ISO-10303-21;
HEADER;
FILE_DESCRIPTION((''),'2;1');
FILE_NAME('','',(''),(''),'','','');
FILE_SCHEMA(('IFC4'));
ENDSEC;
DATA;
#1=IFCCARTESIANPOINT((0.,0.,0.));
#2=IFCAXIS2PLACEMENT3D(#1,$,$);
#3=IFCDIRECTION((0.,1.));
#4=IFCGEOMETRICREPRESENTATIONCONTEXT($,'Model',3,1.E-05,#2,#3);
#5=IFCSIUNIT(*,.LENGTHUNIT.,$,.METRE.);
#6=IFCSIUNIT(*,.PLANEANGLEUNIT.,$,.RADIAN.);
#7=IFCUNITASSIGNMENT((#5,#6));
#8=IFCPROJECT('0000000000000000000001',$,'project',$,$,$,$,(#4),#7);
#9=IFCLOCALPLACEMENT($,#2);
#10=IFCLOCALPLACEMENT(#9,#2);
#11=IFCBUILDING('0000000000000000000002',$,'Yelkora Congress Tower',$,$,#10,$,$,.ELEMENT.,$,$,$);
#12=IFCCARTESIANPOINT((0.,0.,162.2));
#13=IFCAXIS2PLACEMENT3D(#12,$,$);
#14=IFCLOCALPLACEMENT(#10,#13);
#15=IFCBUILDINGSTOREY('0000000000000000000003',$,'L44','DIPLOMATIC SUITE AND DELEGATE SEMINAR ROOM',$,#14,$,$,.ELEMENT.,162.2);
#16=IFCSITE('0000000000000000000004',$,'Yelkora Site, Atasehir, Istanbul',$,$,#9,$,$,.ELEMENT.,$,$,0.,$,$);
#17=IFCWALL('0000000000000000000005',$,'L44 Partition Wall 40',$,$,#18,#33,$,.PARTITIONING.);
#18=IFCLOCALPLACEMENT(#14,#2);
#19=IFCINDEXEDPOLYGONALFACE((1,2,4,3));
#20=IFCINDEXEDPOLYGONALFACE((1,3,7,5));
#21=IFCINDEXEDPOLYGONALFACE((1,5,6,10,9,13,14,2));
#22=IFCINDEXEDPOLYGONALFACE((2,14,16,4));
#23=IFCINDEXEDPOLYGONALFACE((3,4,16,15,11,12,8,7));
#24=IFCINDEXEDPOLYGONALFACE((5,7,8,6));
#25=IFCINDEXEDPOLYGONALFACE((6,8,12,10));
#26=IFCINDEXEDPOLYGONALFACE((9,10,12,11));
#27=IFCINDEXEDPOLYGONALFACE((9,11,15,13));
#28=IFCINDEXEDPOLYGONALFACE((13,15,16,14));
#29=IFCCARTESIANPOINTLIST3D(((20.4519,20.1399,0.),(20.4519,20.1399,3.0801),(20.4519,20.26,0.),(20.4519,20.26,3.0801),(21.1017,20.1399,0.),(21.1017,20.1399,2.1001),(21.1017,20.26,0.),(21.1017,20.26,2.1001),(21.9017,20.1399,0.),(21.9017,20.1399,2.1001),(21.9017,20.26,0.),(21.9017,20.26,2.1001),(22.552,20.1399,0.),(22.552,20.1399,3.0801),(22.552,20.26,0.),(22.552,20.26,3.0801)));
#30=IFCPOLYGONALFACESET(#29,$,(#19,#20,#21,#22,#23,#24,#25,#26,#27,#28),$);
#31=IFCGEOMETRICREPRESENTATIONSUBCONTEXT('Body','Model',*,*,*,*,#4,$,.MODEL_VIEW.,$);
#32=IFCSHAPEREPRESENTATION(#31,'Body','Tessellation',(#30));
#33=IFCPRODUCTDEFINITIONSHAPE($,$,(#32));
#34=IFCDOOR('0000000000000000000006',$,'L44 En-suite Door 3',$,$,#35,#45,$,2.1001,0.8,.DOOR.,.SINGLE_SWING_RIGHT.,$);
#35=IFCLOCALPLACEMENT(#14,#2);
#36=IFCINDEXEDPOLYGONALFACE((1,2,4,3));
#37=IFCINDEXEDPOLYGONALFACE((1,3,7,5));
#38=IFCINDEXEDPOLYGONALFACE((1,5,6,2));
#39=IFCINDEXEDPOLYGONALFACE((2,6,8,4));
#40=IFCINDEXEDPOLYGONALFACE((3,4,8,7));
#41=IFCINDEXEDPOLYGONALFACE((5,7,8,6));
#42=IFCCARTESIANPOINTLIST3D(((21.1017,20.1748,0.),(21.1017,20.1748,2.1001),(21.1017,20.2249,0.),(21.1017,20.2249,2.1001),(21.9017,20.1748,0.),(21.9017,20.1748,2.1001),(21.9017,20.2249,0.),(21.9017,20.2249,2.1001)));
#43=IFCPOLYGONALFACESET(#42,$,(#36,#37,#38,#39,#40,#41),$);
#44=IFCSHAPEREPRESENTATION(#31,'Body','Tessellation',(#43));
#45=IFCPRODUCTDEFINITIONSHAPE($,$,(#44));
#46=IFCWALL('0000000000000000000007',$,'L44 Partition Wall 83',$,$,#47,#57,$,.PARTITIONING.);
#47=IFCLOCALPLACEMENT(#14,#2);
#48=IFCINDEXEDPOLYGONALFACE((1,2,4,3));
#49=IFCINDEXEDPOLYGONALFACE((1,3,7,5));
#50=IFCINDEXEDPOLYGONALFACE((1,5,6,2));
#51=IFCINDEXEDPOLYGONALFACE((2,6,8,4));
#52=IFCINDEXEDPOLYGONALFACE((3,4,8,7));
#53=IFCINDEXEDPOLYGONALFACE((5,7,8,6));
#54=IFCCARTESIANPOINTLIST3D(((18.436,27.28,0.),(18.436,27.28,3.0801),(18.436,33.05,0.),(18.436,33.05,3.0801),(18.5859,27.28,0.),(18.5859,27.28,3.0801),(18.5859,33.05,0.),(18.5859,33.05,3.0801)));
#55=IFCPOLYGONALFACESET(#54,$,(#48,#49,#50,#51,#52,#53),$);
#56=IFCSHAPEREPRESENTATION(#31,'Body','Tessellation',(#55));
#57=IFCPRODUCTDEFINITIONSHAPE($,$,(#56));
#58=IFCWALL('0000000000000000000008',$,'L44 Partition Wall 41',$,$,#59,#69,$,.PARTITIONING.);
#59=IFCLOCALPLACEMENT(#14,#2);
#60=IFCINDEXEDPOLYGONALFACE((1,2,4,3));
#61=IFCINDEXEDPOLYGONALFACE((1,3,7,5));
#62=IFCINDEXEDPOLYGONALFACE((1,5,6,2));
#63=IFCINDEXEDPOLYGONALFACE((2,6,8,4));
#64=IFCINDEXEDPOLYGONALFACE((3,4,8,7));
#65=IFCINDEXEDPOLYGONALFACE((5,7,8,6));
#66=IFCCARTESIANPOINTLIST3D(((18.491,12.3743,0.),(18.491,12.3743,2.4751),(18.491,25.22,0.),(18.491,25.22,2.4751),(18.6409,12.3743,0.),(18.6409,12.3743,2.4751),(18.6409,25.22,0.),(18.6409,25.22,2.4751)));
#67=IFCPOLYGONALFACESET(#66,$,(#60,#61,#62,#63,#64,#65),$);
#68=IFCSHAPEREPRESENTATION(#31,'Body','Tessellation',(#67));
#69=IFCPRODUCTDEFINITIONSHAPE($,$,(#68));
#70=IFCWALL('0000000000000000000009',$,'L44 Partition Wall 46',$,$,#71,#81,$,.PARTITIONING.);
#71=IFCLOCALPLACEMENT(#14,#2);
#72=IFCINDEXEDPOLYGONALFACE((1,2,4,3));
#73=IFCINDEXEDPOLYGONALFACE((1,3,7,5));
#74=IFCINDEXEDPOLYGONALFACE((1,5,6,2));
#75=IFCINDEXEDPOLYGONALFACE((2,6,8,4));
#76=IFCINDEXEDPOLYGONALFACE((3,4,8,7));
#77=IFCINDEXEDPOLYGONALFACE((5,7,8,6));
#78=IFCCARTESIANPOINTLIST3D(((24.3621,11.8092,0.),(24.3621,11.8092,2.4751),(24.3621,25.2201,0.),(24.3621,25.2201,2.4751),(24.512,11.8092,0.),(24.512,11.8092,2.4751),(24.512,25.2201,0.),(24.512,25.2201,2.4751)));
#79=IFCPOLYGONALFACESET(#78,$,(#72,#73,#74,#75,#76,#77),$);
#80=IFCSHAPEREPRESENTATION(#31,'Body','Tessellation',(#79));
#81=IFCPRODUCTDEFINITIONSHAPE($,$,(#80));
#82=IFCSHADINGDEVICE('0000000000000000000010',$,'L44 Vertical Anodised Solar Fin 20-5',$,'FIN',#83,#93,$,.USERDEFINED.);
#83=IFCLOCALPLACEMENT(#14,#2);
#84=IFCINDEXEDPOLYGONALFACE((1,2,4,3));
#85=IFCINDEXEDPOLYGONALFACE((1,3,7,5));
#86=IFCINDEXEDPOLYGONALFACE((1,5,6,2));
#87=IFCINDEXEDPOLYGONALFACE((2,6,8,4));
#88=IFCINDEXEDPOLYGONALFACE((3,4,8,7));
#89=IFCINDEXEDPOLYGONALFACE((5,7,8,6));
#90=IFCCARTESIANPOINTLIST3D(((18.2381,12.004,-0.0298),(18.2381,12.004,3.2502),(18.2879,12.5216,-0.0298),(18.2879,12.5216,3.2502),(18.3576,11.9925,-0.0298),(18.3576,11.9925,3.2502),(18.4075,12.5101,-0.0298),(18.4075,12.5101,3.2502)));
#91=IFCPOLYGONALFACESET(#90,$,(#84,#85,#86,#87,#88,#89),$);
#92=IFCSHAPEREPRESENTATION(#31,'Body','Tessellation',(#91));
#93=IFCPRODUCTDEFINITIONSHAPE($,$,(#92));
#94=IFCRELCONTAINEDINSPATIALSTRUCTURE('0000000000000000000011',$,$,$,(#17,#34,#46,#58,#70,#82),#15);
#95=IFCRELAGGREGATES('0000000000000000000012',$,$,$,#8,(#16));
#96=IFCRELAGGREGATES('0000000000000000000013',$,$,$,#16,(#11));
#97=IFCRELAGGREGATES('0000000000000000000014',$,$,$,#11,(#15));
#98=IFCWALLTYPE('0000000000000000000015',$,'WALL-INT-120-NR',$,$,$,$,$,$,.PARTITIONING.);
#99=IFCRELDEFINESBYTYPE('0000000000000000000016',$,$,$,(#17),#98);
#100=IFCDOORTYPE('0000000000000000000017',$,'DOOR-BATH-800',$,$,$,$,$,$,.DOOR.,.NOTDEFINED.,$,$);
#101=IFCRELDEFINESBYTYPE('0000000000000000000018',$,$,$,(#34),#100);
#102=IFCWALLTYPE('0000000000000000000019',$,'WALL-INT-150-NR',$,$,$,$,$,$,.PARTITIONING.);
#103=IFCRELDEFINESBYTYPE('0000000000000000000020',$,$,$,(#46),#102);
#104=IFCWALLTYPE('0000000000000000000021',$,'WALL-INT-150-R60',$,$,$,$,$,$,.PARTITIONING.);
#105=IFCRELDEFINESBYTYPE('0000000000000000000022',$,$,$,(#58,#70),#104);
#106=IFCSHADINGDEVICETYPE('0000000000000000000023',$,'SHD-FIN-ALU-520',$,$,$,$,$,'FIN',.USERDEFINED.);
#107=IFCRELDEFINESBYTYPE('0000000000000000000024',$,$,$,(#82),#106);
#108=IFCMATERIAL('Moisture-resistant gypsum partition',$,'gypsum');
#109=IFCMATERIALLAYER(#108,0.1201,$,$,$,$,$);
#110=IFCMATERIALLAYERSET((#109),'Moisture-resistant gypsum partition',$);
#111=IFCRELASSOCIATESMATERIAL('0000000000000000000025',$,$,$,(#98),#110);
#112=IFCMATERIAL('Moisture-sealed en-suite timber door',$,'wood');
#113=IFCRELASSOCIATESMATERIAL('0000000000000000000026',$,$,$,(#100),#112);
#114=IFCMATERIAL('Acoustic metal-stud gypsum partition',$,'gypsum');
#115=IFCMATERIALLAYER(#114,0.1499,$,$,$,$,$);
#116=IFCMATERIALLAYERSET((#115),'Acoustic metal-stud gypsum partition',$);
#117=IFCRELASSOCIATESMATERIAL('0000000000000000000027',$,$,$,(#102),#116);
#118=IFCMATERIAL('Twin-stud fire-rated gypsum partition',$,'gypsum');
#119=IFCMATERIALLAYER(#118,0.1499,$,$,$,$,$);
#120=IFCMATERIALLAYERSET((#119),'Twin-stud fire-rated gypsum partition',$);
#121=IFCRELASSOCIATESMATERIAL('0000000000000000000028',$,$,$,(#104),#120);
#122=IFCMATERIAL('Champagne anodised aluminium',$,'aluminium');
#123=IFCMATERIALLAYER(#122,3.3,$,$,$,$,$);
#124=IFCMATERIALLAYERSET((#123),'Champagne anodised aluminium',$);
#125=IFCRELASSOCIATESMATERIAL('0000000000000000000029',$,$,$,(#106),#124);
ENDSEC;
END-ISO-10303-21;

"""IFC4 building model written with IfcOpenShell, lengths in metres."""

from ifc_helpers import new_model, si_unit, direction, frame, frame_2d, origin, origin_2d, place, context, subcontext, project, spatial, rectangle, extrude, material, layer, layer_set, type_object, element, fill, save


model = new_model("IFC4")

# Units and contexts
model_context = context("Model", 3, precision=1e-05, world=origin(), true_north=direction((0.0, 1.0)))
body_context = subcontext(model_context, "Body", "Model", "MODEL_VIEW")
ifc_project = project(units=[si_unit("LENGTHUNIT", "METRE"), si_unit("PLANEANGLEUNIT", "RADIAN")], contexts=[model_context])

# Site, building, storey
site_placement = place(None, origin())
site = spatial("IfcSite", under=ifc_project, at=site_placement, Name="Yelkora Site, Atasehir, Istanbul", CompositionType="ELEMENT", RefElevation=0.0)
building_placement = place(site_placement, origin())
building = spatial("IfcBuilding", under=site, at=building_placement, Name="Yelkora Congress Tower", CompositionType="ELEMENT")
storey_placement = place(building_placement, frame((0.0, 0.0, 162.2)))
storey = spatial("IfcBuildingStorey", under=building, at=storey_placement, Name="L44", Description="DIPLOMATIC SUITE AND DELEGATE SEMINAR ROOM", CompositionType="ELEMENT", Elevation=162.2)

# Shared definitions
ifc_material_1 = material(Name="Moisture-resistant gypsum partition", Category="gypsum")
ifc_layer_1 = layer(ifc_material_1, 0.1201)
ifc_layer_set_1 = layer_set([ifc_layer_1], Name="Moisture-resistant gypsum partition")
wall_type_1 = type_object("IfcWallType", Name="WALL-INT-120-NR", PredefinedType="PARTITIONING", material=ifc_layer_set_1)

# Wall, opening, door
wall_1_placement = place(storey_placement, frame((20.4519, 20.2, 0.0), z_axis=(0.0, 0.0, 1.0), x_axis=(1.0, 0.0, 0.0)))
wall_1 = element("IfcWall", 1, at=wall_1_placement, inside=storey, type_object=wall_type_1, Name="L44 Partition Wall 40", PredefinedType="PARTITIONING", context=body_context, shape_type="SweptSolid", body=[
    extrude(rectangle(XDim=2.1001, YDim=0.1201, at=frame_2d((1.05, 0.0))), origin(), (0.0, 0.0, 1.0), 3.0801),
])
opening_placement = place(wall_1_placement, frame((0.6499, 0.0, 0.0)))
opening = element("IfcOpeningElement", 2, at=opening_placement, cuts=wall_1, PredefinedType="OPENING", context=body_context, shape_type="SweptSolid", body=[
    extrude(rectangle(XDim=0.8, YDim=2.1001, at=frame_2d((0.3999, 1.05))), frame((0.0, 0.0701, 0.0), z_axis=(0.0, -1.0, 0.0), x_axis=(1.0, 0.0, 0.0)), (0.0, 0.0, 1.0), 0.1401),
])
ifc_material_2 = material(Name="Moisture-sealed en-suite timber door", Category="wood")
door_type = type_object("IfcDoorType", Name="DOOR-BATH-800", OperationType="NOTDEFINED", PredefinedType="DOOR", material=ifc_material_2)
door_placement = place(opening_placement, origin())
door = element("IfcDoor", 3, at=door_placement, inside=storey, type_object=door_type, Name="L44 En-suite Door 3", OperationType="SINGLE_SWING_RIGHT", OverallHeight=2.1001, OverallWidth=0.8, PredefinedType="DOOR", context=body_context, shape_type="SweptSolid", body=[
    extrude(rectangle(XDim=0.8, YDim=2.1001, at=frame_2d((0.3999, 1.05))), frame((0.0, 0.0249, 0.0), z_axis=(0.0, -1.0, 0.0), x_axis=(1.0, 0.0, 0.0)), (0.0, 0.0, 1.0), 0.05),
])
fill(opening, door)

# Walls
ifc_material_3 = material(Name="Acoustic metal-stud gypsum partition", Category="gypsum")
ifc_layer_2 = layer(ifc_material_3, 0.1499)
ifc_layer_set_2 = layer_set([ifc_layer_2], Name="Acoustic metal-stud gypsum partition")
wall_type_2 = type_object("IfcWallType", Name="WALL-INT-150-NR", PredefinedType="PARTITIONING", material=ifc_layer_set_2)
wall_2_placement = place(storey_placement, frame((18.511, 27.28, 0.0), z_axis=(0.0, 0.0, 1.0), x_axis=(0.0, 1.0, 0.0)))
element("IfcWall", 4, at=wall_2_placement, inside=storey, type_object=wall_type_2, Name="L44 Partition Wall 83", PredefinedType="PARTITIONING", context=body_context, shape_type="SweptSolid", body=[
    extrude(rectangle(XDim=5.77, YDim=0.1499, at=frame_2d((2.885, 0.0))), origin(), (0.0, 0.0, 1.0), 3.0801),
])
ifc_material_4 = material(Name="Twin-stud fire-rated gypsum partition", Category="gypsum")
ifc_layer_3 = layer(ifc_material_4, 0.1499)
ifc_layer_set_3 = layer_set([ifc_layer_3], Name="Twin-stud fire-rated gypsum partition")
wall_type_3 = type_object("IfcWallType", Name="WALL-INT-150-R60", PredefinedType="PARTITIONING", material=ifc_layer_set_3)
wall_3_placement = place(storey_placement, frame((18.5659, 12.3743, 0.0), z_axis=(0.0, 0.0, 1.0), x_axis=(0.0, 1.0, 0.0)))
element("IfcWall", 5, at=wall_3_placement, inside=storey, type_object=wall_type_3, Name="L44 Partition Wall 41", PredefinedType="PARTITIONING", context=body_context, shape_type="SweptSolid", body=[
    extrude(rectangle(XDim=12.8457, YDim=0.1499, at=frame_2d((6.4229, 0.0))), origin(), (0.0, 0.0, 1.0), 2.4751),
])
wall_4_placement = place(storey_placement, frame((24.437, 11.8091, 0.0), z_axis=(0.0, 0.0, 1.0), x_axis=(0.0, 1.0, 0.0)))
element("IfcWall", 6, at=wall_4_placement, inside=storey, type_object=wall_type_3, Name="L44 Partition Wall 46", PredefinedType="PARTITIONING", context=body_context, shape_type="SweptSolid", body=[
    extrude(rectangle(XDim=13.4109, YDim=0.1499, at=frame_2d((6.7056, 0.0))), origin(), (0.0, 0.0, 1.0), 2.4751),
])

# Shading device
ifc_material_5 = material(Name="Champagne anodised aluminium", Category="aluminium")
ifc_layer_4 = layer(ifc_material_5, 3.3)
ifc_layer_set_4 = layer_set([ifc_layer_4], Name="Champagne anodised aluminium")
shading_device_type = type_object("IfcShadingDeviceType", Name="SHD-FIN-ALU-520", ElementType="FIN", PredefinedType="USERDEFINED", material=ifc_layer_set_4)
shading_device_placement = place(storey_placement, frame((18.3228, 12.2571, -0.0298), z_axis=(0.0, 0.0, 1.0), x_axis=(-0.995396, 0.095846, 0.0)))
element("IfcShadingDevice", 7, at=shading_device_placement, inside=storey, type_object=shading_device_type, Name="L44 Vertical Anodised Solar Fin 20-5", ObjectType="FIN", PredefinedType="USERDEFINED", context=body_context, shape_type="SweptSolid", body=[
    extrude(rectangle(XDim=0.1201, YDim=0.52, at=origin_2d()), origin(), (0.0, 0.0, 1.0), 3.28),
])

save(model, "model.ifc")
